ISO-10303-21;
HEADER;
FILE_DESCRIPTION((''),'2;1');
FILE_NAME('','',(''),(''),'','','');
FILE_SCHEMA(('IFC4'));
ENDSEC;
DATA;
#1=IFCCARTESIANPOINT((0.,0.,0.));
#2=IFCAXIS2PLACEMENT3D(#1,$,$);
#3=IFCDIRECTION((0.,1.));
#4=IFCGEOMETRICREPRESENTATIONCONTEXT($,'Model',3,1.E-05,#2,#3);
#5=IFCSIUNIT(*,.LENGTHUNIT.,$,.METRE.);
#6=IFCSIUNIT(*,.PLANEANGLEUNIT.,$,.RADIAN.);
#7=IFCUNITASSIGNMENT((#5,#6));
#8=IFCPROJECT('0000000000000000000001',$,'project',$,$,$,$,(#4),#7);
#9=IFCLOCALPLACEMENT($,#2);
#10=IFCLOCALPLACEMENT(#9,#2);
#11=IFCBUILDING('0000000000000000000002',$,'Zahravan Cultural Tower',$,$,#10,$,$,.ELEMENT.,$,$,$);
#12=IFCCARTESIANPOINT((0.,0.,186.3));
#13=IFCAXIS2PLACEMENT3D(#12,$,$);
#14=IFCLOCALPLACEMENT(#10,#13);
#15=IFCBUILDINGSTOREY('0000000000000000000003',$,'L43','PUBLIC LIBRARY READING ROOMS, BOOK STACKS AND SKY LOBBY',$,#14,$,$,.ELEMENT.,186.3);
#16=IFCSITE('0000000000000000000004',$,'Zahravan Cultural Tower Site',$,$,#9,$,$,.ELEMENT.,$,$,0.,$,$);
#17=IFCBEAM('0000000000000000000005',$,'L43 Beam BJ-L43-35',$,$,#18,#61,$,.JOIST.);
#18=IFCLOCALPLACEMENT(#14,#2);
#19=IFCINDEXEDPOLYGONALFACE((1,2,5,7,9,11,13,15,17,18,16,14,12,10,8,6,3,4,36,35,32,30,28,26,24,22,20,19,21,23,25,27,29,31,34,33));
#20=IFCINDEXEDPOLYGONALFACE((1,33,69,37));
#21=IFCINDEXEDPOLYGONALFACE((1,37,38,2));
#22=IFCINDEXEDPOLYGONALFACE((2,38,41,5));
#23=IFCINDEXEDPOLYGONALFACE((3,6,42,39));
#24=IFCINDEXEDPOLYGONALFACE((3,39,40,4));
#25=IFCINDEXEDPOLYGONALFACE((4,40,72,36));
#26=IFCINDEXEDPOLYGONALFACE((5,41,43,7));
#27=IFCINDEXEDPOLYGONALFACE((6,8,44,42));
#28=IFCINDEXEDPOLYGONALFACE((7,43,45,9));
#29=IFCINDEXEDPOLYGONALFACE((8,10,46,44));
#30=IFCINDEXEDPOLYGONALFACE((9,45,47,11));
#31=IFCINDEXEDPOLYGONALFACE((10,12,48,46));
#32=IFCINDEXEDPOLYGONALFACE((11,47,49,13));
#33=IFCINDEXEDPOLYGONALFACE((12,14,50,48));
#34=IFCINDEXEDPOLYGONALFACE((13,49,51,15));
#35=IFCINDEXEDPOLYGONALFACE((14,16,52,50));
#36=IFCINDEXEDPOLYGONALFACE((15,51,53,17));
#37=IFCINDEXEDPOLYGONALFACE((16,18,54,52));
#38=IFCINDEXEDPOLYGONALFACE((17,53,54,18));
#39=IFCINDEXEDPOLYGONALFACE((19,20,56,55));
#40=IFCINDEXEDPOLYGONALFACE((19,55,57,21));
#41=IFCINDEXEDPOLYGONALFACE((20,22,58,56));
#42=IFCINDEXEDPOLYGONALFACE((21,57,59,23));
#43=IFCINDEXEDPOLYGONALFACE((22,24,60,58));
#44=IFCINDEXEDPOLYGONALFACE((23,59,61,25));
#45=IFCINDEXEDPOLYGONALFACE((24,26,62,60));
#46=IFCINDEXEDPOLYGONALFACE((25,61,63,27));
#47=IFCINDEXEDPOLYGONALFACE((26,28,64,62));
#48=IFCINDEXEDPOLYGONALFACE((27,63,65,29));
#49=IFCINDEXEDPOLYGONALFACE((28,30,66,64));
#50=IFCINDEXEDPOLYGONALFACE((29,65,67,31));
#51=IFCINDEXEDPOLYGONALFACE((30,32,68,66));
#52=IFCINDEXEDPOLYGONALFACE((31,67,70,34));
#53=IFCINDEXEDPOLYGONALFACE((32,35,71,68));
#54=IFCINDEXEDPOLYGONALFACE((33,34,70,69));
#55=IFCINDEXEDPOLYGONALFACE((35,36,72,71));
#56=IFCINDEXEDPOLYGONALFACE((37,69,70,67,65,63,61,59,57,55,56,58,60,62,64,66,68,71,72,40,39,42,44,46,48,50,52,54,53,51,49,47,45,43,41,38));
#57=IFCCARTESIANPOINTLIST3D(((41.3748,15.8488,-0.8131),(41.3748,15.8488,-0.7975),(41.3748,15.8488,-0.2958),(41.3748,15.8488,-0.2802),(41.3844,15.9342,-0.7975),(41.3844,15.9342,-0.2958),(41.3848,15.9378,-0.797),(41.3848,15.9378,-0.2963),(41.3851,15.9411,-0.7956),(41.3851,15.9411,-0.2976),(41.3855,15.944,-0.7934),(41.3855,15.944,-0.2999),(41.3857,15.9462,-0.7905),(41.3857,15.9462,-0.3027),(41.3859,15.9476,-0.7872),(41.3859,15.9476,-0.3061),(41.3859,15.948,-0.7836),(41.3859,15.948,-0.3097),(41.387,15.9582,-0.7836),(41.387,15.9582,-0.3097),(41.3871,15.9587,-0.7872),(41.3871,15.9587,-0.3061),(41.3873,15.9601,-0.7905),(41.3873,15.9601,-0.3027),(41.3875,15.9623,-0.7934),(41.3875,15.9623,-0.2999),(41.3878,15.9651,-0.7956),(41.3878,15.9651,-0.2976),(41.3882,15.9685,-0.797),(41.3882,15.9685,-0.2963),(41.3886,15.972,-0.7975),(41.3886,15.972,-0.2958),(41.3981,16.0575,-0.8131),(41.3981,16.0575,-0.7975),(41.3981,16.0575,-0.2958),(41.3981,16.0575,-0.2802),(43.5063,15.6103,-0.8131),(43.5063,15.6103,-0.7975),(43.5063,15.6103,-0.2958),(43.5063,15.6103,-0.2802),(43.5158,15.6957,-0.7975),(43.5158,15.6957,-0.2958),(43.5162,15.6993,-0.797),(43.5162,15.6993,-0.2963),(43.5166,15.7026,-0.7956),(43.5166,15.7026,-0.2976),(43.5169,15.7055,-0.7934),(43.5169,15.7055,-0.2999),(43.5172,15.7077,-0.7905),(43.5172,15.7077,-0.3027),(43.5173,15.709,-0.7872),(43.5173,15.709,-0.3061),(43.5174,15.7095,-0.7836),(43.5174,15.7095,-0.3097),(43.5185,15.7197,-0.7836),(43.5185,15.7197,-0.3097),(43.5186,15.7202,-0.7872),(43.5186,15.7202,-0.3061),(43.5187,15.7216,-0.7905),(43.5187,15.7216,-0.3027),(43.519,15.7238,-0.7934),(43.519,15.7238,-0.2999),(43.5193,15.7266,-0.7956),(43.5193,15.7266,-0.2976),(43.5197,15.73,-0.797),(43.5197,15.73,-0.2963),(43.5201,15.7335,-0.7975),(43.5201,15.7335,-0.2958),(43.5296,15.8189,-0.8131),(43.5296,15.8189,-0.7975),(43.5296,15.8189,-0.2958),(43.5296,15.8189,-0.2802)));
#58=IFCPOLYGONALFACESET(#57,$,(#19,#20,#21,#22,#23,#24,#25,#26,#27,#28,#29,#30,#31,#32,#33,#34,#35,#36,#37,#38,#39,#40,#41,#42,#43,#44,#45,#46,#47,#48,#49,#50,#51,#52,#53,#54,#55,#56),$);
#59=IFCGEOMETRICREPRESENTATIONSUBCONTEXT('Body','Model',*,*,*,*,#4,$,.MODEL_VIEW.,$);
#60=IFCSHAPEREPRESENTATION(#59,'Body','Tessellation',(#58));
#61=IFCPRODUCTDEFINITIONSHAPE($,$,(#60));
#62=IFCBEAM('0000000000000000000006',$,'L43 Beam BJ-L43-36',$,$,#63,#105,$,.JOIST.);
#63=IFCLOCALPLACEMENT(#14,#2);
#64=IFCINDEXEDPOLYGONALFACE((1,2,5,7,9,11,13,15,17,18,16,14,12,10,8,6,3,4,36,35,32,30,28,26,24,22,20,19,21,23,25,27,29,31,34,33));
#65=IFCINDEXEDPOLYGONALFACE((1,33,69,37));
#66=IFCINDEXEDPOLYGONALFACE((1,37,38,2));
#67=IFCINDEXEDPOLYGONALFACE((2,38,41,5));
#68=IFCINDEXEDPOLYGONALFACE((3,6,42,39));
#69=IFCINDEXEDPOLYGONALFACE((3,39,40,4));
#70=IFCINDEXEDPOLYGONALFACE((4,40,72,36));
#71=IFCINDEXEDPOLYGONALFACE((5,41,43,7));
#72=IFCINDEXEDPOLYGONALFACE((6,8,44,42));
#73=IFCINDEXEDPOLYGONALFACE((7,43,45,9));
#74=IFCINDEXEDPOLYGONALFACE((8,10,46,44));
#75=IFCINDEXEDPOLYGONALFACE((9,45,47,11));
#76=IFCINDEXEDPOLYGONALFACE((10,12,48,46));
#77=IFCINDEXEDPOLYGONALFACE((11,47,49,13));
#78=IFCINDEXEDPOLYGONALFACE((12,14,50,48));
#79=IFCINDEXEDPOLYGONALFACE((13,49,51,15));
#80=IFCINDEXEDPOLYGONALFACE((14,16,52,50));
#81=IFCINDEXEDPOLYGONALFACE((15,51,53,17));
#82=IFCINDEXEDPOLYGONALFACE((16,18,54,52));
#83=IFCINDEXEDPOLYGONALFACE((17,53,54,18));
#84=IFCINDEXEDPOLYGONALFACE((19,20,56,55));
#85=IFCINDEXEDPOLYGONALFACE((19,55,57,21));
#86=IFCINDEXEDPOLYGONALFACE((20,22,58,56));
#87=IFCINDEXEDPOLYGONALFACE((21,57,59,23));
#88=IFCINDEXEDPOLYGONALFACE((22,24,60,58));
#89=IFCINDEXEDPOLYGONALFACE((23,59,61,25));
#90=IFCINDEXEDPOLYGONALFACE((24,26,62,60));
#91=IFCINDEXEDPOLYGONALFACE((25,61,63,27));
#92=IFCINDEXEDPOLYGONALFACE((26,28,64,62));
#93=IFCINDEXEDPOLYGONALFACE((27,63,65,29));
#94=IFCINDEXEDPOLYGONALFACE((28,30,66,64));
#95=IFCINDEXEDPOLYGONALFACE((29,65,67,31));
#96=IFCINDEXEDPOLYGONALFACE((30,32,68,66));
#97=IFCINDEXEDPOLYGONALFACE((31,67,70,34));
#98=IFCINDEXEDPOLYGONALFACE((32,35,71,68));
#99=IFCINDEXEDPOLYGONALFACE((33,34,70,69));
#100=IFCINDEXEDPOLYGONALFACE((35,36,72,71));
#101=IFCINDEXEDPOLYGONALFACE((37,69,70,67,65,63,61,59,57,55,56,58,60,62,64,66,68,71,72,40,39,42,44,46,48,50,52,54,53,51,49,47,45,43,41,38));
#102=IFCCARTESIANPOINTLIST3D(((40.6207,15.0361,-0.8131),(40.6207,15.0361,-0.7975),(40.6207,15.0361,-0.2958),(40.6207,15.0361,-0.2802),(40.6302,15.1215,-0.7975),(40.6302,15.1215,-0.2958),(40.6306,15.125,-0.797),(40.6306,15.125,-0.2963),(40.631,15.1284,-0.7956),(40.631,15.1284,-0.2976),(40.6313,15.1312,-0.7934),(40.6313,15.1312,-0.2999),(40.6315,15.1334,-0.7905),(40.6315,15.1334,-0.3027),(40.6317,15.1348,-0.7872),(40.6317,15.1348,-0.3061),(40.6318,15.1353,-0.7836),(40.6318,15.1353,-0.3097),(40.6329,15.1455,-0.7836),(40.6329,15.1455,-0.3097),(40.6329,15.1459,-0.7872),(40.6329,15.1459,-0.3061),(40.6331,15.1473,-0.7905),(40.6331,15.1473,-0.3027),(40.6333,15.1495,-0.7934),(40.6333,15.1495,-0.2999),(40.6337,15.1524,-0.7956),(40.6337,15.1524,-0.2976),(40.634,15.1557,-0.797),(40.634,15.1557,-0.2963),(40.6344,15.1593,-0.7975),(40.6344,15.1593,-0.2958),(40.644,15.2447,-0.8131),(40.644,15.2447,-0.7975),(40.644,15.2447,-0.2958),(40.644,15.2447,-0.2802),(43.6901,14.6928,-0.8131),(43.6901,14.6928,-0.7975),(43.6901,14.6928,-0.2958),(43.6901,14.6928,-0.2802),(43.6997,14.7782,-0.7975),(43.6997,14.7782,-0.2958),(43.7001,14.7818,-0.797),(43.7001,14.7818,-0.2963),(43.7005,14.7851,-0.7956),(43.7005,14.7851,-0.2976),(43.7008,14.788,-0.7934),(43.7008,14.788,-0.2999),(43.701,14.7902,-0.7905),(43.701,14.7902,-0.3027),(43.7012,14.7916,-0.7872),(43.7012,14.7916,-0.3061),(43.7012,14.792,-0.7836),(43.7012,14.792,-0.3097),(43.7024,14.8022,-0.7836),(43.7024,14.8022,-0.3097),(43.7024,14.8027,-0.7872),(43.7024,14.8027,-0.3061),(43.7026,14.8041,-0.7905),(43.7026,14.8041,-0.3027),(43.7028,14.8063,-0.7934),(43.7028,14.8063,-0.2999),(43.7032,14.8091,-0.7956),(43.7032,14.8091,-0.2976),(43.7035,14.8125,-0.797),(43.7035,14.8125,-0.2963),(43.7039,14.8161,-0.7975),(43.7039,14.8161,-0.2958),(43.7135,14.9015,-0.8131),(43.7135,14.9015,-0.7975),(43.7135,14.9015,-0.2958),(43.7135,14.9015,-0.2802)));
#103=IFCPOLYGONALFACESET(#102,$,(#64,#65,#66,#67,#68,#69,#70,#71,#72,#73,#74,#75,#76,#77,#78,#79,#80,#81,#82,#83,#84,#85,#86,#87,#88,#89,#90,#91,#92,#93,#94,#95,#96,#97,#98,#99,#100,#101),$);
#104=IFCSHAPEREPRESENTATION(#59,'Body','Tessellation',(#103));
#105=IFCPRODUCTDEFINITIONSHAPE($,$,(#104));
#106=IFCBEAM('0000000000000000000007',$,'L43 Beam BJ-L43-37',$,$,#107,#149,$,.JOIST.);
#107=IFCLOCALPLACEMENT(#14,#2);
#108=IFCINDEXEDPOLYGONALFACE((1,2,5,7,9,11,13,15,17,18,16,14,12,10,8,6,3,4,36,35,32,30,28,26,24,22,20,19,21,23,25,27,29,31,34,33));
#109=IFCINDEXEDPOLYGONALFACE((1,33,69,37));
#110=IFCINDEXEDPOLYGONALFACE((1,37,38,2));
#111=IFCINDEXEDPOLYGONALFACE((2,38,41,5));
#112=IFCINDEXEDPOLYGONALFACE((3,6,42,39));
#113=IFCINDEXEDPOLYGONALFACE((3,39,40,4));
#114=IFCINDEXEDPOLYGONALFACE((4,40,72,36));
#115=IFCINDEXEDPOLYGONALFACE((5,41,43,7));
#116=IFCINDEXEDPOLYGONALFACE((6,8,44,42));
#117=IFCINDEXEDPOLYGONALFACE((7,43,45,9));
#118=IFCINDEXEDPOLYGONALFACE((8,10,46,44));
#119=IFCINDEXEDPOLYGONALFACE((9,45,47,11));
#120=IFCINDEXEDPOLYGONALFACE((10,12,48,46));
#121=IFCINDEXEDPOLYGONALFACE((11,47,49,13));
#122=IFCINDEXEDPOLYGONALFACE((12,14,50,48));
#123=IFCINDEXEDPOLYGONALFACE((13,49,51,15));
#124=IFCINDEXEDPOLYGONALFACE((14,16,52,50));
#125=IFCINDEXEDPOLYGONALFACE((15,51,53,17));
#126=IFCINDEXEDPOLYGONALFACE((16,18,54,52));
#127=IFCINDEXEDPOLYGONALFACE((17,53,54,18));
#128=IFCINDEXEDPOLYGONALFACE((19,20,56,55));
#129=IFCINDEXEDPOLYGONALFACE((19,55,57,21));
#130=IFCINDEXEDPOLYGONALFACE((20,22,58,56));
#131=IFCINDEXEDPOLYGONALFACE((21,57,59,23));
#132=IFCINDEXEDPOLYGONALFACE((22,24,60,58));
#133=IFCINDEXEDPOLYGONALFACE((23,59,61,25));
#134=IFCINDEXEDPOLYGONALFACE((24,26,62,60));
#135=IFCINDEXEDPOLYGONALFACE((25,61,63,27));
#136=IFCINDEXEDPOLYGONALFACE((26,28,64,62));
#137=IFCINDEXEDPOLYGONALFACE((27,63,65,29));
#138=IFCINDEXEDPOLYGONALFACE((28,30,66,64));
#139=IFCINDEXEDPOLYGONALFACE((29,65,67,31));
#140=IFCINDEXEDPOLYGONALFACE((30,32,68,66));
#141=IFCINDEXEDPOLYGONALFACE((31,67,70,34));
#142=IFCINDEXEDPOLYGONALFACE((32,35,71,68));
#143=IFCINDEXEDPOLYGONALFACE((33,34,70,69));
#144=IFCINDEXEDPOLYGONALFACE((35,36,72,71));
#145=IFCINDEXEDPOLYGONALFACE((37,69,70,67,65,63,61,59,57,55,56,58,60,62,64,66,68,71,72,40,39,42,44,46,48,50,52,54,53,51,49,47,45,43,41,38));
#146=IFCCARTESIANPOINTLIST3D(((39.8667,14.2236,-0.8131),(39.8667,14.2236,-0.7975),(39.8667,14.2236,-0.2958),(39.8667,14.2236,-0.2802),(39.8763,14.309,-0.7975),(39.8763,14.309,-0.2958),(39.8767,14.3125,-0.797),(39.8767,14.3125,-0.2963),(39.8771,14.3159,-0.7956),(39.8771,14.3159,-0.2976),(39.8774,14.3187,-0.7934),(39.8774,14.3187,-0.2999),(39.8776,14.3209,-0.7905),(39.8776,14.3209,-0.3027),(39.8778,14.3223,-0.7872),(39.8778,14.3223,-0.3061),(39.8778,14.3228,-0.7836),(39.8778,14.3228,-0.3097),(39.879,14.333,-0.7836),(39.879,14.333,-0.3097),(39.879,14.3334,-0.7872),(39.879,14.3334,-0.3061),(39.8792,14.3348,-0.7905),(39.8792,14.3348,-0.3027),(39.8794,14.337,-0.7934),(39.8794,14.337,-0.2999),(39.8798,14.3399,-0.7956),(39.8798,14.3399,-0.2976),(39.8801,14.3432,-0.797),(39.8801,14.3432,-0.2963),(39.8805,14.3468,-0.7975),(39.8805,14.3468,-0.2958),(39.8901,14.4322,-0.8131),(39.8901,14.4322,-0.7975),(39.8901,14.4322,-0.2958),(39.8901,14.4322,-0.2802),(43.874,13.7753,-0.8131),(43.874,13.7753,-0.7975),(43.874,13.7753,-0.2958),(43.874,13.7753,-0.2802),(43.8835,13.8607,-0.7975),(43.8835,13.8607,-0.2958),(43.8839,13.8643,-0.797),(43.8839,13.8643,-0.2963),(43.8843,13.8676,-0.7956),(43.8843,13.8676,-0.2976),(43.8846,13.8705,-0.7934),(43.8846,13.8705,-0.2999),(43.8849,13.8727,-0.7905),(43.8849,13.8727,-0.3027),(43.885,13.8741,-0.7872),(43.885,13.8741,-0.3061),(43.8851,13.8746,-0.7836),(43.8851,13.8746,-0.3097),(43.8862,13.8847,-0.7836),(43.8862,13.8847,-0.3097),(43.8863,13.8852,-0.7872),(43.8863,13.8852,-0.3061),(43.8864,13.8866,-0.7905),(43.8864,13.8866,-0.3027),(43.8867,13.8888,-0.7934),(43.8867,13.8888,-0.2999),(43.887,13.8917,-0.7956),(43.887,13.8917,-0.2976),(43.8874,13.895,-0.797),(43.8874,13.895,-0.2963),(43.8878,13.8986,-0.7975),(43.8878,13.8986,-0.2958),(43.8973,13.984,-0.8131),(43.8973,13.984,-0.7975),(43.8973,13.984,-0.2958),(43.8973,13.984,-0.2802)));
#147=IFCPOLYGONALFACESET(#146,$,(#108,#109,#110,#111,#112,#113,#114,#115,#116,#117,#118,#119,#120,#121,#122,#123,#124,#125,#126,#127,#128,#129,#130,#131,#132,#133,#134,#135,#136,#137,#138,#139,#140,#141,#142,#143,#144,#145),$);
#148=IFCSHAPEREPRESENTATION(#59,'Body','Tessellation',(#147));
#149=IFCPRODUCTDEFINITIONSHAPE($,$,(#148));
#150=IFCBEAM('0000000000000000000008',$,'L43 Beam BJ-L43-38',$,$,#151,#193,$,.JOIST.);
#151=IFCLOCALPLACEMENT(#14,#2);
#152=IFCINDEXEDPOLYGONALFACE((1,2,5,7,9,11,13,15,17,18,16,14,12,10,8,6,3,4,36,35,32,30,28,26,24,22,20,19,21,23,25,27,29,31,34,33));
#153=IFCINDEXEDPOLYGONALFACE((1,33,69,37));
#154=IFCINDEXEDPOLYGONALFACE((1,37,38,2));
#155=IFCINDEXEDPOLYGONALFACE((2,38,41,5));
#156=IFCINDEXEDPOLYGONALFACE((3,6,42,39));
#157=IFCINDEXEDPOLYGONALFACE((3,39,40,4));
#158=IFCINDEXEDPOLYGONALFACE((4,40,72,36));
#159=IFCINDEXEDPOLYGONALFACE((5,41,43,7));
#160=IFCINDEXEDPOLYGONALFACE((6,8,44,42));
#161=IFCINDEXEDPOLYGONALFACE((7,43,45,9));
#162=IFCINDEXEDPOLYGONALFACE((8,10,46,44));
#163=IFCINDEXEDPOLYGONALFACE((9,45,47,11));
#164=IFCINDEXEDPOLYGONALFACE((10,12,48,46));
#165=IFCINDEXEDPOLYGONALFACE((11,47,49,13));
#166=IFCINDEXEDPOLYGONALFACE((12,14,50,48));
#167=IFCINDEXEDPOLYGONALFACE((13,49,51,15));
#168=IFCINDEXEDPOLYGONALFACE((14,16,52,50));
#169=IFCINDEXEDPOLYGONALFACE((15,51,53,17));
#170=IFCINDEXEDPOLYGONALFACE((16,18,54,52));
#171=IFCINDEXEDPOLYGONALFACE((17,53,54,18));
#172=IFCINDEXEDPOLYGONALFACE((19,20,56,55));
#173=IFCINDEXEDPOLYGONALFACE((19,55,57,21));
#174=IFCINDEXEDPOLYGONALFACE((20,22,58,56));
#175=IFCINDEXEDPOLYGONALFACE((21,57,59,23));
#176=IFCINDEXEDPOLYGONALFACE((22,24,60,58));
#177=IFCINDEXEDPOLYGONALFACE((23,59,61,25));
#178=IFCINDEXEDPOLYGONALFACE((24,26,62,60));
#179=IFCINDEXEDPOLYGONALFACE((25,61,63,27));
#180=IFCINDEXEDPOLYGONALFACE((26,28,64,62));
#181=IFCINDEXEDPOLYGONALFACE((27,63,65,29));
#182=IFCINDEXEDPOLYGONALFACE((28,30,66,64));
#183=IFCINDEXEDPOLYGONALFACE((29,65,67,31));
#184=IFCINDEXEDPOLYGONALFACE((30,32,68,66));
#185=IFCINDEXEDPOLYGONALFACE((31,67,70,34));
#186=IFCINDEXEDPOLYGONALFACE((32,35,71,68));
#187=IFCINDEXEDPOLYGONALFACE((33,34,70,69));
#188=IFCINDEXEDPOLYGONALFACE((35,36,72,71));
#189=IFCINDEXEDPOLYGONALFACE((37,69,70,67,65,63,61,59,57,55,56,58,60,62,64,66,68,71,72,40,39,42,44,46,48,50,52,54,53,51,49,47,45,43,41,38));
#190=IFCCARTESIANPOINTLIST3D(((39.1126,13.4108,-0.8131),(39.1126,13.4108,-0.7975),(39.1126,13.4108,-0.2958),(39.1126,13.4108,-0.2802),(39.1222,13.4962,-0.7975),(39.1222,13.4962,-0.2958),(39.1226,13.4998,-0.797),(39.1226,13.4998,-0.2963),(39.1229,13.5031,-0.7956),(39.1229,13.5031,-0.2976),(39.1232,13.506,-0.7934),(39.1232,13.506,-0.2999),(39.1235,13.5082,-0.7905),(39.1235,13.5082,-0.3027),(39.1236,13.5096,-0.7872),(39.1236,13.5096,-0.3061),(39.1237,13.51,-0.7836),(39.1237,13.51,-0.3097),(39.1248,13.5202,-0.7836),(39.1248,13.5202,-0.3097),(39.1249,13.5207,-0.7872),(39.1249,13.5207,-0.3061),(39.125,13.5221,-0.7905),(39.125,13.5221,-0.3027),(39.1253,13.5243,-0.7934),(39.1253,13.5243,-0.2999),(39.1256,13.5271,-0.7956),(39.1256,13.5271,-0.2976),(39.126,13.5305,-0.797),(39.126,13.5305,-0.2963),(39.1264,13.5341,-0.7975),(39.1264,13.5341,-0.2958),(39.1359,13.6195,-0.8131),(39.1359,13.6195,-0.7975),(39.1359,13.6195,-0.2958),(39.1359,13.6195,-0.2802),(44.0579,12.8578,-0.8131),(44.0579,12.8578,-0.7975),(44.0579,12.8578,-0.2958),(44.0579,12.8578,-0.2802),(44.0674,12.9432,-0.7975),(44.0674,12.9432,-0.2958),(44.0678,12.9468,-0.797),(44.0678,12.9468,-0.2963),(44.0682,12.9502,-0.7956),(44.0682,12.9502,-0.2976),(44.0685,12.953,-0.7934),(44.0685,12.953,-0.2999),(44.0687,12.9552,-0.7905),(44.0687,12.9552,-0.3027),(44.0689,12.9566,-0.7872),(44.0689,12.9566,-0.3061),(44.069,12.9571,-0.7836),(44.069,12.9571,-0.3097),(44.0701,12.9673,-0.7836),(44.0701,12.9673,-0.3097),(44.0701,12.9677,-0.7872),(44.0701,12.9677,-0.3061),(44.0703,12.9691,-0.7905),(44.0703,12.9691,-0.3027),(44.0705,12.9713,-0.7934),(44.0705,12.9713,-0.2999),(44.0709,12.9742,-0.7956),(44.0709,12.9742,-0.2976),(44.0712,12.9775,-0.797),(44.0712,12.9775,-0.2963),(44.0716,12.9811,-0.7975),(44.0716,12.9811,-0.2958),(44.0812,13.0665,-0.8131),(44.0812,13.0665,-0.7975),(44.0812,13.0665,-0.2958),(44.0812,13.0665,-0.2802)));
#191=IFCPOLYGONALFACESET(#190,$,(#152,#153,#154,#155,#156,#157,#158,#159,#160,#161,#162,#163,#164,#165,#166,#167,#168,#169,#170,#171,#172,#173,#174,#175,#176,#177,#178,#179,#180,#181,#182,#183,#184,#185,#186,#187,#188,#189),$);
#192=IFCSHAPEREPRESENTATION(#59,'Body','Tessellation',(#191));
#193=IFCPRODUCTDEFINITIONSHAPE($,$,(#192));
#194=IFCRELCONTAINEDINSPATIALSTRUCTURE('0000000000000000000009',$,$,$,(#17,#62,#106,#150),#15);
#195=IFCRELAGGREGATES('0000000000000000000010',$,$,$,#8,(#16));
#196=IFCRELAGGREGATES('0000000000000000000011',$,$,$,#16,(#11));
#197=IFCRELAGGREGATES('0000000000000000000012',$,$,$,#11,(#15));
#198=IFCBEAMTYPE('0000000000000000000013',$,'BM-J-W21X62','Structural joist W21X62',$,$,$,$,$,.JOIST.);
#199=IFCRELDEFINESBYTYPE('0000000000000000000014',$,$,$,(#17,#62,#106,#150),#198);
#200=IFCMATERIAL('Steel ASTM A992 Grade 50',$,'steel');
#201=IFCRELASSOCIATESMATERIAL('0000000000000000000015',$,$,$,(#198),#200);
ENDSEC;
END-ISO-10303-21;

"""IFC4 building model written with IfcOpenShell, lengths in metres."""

from ifc_helpers import new_model, si_unit, direction, frame, origin, origin_2d, place, context, subcontext, project, spatial, i_section, extrude, source, transform, mapped, material, material_profile, profile_set, type_object, element, save


model = new_model("IFC4")

# Units and contexts
model_context = context("Model", 3, precision=1e-05, world=origin(), true_north=direction((0.0, 1.0)))
body_context = subcontext(model_context, "Body", "Model", "MODEL_VIEW")
ifc_project = project(units=[si_unit("LENGTHUNIT", "METRE"), si_unit("PLANEANGLEUNIT", "RADIAN")], contexts=[model_context])

# Site, building, storey
site_placement = place(None, origin())
site = spatial("IfcSite", under=ifc_project, at=site_placement, Name="Zahravan Cultural Tower Site", CompositionType="ELEMENT", RefElevation=0.0)
building_placement = place(site_placement, origin())
building = spatial("IfcBuilding", under=site, at=building_placement, Name="Zahravan Cultural Tower", CompositionType="ELEMENT")
storey_placement = place(building_placement, frame((0.0, 0.0, 186.3)))
storey = spatial("IfcBuildingStorey", under=building, at=storey_placement, Name="L43", Description="PUBLIC LIBRARY READING ROOMS, BOOK STACKS AND SKY LOBBY", CompositionType="ELEMENT", Elevation=186.3)

# Shared definitions
ifc_material_1 = material(Name="Steel ASTM A992 Grade 50", Category="steel")

# Beams
ifc_material_profile_1 = material_profile(ifc_material_1, i_section(OverallWidth=0.21, OverallDepth=0.533, WebThickness=0.0103, FlangeThickness=0.0156, FilletRadius=0.0139, at=origin_2d()), Name="W21X62")
ifc_profile_set_1 = profile_set([ifc_material_profile_1], Name="Steel ASTM A992 Grade 50")
beam_type_1 = type_object("IfcBeamType", Name="BM-J-W21X62", Description="Structural joist W21X62", PredefinedType="JOIST", material=ifc_profile_set_1)
shared_shape_1 = source(origin(), body_context, "Body", "SweptSolid", [
    extrude(i_section(OverallWidth=0.21, OverallDepth=0.533, WebThickness=0.0103, FlangeThickness=0.0156, FilletRadius=0.0139, at=origin_2d()), origin(), (0.0, 0.0, 1.0), 2.1448),
])
beam_1_placement = place(storey_placement, frame((41.3865, 15.9531, -0.5466), z_axis=(0.993797, -0.111206, 0.0), x_axis=(0.111206, 0.993797, 0.0)))
element("IfcBeam", 1, at=beam_1_placement, inside=storey, type_object=beam_type_1, Name="L43 Beam BJ-L43-35", PredefinedType="JOIST", context=body_context, shape_type="MappedRepresentation", body=[
    mapped(shared_shape_1, transform((0.0, 0.0, 0.0), x_axis=(1.0, 0.0, 0.0), y_axis=(0.0, 1.0, 0.0), z_axis=(0.0, 0.0, 1.0), scale=1.0)),
])
shared_shape_2 = source(origin(), body_context, "Body", "SweptSolid", [
    extrude(i_section(OverallWidth=0.21, OverallDepth=0.533, WebThickness=0.0103, FlangeThickness=0.0156, FilletRadius=0.0139, at=origin_2d()), origin(), (0.0, 0.0, 1.0), 3.0886),
])
beam_2_placement = place(storey_placement, frame((40.6323, 15.1404, -0.5466), z_axis=(0.993805, -0.111134, 0.0), x_axis=(0.111134, 0.993805, 0.0)))
element("IfcBeam", 2, at=beam_2_placement, inside=storey, type_object=beam_type_1, Name="L43 Beam BJ-L43-36", PredefinedType="JOIST", context=body_context, shape_type="MappedRepresentation", body=[
    mapped(shared_shape_2, transform((0.0, 0.0, 0.0), x_axis=(1.0, 0.0, 0.0), y_axis=(0.0, 1.0, 0.0), z_axis=(0.0, 0.0, 1.0), scale=1.0)),
])
shared_shape_3 = source(origin(), body_context, "Body", "SweptSolid", [
    extrude(i_section(OverallWidth=0.21, OverallDepth=0.533, WebThickness=0.0103, FlangeThickness=0.0156, FilletRadius=0.0139, at=origin_2d()), origin(), (0.0, 0.0, 1.0), 4.0322),
])
beam_3_placement = place(storey_placement, frame((39.8784, 14.3279, -0.5466), z_axis=(0.993802, -0.111162, 0.0), x_axis=(0.111162, 0.993802, 0.0)))
element("IfcBeam", 3, at=beam_3_placement, inside=storey, type_object=beam_type_1, Name="L43 Beam BJ-L43-37", PredefinedType="JOIST", context=body_context, shape_type="MappedRepresentation", body=[
    mapped(shared_shape_3, transform((0.0, 0.0, 0.0), x_axis=(1.0, 0.0, 0.0), y_axis=(0.0, 1.0, 0.0), z_axis=(0.0, 0.0, 1.0), scale=1.0)),
])
shared_shape_4 = source(origin(), body_context, "Body", "SweptSolid", [
    extrude(i_section(OverallWidth=0.21, OverallDepth=0.533, WebThickness=0.0103, FlangeThickness=0.0156, FilletRadius=0.0139, at=origin_2d()), origin(), (0.0, 0.0, 1.0), 4.9761),
])
beam_4_placement = place(storey_placement, frame((39.1243, 13.5151, -0.5466), z_axis=(0.993806, -0.111126, 0.0), x_axis=(0.111126, 0.993806, 0.0)))
element("IfcBeam", 4, at=beam_4_placement, inside=storey, type_object=beam_type_1, Name="L43 Beam BJ-L43-38", PredefinedType="JOIST", context=body_context, shape_type="MappedRepresentation", body=[
    mapped(shared_shape_4, transform((0.0, 0.0, 0.0), x_axis=(1.0, 0.0, 0.0), y_axis=(0.0, 1.0, 0.0), z_axis=(0.0, 0.0, 1.0), scale=1.0)),
])

save(model, "model.ifc")
